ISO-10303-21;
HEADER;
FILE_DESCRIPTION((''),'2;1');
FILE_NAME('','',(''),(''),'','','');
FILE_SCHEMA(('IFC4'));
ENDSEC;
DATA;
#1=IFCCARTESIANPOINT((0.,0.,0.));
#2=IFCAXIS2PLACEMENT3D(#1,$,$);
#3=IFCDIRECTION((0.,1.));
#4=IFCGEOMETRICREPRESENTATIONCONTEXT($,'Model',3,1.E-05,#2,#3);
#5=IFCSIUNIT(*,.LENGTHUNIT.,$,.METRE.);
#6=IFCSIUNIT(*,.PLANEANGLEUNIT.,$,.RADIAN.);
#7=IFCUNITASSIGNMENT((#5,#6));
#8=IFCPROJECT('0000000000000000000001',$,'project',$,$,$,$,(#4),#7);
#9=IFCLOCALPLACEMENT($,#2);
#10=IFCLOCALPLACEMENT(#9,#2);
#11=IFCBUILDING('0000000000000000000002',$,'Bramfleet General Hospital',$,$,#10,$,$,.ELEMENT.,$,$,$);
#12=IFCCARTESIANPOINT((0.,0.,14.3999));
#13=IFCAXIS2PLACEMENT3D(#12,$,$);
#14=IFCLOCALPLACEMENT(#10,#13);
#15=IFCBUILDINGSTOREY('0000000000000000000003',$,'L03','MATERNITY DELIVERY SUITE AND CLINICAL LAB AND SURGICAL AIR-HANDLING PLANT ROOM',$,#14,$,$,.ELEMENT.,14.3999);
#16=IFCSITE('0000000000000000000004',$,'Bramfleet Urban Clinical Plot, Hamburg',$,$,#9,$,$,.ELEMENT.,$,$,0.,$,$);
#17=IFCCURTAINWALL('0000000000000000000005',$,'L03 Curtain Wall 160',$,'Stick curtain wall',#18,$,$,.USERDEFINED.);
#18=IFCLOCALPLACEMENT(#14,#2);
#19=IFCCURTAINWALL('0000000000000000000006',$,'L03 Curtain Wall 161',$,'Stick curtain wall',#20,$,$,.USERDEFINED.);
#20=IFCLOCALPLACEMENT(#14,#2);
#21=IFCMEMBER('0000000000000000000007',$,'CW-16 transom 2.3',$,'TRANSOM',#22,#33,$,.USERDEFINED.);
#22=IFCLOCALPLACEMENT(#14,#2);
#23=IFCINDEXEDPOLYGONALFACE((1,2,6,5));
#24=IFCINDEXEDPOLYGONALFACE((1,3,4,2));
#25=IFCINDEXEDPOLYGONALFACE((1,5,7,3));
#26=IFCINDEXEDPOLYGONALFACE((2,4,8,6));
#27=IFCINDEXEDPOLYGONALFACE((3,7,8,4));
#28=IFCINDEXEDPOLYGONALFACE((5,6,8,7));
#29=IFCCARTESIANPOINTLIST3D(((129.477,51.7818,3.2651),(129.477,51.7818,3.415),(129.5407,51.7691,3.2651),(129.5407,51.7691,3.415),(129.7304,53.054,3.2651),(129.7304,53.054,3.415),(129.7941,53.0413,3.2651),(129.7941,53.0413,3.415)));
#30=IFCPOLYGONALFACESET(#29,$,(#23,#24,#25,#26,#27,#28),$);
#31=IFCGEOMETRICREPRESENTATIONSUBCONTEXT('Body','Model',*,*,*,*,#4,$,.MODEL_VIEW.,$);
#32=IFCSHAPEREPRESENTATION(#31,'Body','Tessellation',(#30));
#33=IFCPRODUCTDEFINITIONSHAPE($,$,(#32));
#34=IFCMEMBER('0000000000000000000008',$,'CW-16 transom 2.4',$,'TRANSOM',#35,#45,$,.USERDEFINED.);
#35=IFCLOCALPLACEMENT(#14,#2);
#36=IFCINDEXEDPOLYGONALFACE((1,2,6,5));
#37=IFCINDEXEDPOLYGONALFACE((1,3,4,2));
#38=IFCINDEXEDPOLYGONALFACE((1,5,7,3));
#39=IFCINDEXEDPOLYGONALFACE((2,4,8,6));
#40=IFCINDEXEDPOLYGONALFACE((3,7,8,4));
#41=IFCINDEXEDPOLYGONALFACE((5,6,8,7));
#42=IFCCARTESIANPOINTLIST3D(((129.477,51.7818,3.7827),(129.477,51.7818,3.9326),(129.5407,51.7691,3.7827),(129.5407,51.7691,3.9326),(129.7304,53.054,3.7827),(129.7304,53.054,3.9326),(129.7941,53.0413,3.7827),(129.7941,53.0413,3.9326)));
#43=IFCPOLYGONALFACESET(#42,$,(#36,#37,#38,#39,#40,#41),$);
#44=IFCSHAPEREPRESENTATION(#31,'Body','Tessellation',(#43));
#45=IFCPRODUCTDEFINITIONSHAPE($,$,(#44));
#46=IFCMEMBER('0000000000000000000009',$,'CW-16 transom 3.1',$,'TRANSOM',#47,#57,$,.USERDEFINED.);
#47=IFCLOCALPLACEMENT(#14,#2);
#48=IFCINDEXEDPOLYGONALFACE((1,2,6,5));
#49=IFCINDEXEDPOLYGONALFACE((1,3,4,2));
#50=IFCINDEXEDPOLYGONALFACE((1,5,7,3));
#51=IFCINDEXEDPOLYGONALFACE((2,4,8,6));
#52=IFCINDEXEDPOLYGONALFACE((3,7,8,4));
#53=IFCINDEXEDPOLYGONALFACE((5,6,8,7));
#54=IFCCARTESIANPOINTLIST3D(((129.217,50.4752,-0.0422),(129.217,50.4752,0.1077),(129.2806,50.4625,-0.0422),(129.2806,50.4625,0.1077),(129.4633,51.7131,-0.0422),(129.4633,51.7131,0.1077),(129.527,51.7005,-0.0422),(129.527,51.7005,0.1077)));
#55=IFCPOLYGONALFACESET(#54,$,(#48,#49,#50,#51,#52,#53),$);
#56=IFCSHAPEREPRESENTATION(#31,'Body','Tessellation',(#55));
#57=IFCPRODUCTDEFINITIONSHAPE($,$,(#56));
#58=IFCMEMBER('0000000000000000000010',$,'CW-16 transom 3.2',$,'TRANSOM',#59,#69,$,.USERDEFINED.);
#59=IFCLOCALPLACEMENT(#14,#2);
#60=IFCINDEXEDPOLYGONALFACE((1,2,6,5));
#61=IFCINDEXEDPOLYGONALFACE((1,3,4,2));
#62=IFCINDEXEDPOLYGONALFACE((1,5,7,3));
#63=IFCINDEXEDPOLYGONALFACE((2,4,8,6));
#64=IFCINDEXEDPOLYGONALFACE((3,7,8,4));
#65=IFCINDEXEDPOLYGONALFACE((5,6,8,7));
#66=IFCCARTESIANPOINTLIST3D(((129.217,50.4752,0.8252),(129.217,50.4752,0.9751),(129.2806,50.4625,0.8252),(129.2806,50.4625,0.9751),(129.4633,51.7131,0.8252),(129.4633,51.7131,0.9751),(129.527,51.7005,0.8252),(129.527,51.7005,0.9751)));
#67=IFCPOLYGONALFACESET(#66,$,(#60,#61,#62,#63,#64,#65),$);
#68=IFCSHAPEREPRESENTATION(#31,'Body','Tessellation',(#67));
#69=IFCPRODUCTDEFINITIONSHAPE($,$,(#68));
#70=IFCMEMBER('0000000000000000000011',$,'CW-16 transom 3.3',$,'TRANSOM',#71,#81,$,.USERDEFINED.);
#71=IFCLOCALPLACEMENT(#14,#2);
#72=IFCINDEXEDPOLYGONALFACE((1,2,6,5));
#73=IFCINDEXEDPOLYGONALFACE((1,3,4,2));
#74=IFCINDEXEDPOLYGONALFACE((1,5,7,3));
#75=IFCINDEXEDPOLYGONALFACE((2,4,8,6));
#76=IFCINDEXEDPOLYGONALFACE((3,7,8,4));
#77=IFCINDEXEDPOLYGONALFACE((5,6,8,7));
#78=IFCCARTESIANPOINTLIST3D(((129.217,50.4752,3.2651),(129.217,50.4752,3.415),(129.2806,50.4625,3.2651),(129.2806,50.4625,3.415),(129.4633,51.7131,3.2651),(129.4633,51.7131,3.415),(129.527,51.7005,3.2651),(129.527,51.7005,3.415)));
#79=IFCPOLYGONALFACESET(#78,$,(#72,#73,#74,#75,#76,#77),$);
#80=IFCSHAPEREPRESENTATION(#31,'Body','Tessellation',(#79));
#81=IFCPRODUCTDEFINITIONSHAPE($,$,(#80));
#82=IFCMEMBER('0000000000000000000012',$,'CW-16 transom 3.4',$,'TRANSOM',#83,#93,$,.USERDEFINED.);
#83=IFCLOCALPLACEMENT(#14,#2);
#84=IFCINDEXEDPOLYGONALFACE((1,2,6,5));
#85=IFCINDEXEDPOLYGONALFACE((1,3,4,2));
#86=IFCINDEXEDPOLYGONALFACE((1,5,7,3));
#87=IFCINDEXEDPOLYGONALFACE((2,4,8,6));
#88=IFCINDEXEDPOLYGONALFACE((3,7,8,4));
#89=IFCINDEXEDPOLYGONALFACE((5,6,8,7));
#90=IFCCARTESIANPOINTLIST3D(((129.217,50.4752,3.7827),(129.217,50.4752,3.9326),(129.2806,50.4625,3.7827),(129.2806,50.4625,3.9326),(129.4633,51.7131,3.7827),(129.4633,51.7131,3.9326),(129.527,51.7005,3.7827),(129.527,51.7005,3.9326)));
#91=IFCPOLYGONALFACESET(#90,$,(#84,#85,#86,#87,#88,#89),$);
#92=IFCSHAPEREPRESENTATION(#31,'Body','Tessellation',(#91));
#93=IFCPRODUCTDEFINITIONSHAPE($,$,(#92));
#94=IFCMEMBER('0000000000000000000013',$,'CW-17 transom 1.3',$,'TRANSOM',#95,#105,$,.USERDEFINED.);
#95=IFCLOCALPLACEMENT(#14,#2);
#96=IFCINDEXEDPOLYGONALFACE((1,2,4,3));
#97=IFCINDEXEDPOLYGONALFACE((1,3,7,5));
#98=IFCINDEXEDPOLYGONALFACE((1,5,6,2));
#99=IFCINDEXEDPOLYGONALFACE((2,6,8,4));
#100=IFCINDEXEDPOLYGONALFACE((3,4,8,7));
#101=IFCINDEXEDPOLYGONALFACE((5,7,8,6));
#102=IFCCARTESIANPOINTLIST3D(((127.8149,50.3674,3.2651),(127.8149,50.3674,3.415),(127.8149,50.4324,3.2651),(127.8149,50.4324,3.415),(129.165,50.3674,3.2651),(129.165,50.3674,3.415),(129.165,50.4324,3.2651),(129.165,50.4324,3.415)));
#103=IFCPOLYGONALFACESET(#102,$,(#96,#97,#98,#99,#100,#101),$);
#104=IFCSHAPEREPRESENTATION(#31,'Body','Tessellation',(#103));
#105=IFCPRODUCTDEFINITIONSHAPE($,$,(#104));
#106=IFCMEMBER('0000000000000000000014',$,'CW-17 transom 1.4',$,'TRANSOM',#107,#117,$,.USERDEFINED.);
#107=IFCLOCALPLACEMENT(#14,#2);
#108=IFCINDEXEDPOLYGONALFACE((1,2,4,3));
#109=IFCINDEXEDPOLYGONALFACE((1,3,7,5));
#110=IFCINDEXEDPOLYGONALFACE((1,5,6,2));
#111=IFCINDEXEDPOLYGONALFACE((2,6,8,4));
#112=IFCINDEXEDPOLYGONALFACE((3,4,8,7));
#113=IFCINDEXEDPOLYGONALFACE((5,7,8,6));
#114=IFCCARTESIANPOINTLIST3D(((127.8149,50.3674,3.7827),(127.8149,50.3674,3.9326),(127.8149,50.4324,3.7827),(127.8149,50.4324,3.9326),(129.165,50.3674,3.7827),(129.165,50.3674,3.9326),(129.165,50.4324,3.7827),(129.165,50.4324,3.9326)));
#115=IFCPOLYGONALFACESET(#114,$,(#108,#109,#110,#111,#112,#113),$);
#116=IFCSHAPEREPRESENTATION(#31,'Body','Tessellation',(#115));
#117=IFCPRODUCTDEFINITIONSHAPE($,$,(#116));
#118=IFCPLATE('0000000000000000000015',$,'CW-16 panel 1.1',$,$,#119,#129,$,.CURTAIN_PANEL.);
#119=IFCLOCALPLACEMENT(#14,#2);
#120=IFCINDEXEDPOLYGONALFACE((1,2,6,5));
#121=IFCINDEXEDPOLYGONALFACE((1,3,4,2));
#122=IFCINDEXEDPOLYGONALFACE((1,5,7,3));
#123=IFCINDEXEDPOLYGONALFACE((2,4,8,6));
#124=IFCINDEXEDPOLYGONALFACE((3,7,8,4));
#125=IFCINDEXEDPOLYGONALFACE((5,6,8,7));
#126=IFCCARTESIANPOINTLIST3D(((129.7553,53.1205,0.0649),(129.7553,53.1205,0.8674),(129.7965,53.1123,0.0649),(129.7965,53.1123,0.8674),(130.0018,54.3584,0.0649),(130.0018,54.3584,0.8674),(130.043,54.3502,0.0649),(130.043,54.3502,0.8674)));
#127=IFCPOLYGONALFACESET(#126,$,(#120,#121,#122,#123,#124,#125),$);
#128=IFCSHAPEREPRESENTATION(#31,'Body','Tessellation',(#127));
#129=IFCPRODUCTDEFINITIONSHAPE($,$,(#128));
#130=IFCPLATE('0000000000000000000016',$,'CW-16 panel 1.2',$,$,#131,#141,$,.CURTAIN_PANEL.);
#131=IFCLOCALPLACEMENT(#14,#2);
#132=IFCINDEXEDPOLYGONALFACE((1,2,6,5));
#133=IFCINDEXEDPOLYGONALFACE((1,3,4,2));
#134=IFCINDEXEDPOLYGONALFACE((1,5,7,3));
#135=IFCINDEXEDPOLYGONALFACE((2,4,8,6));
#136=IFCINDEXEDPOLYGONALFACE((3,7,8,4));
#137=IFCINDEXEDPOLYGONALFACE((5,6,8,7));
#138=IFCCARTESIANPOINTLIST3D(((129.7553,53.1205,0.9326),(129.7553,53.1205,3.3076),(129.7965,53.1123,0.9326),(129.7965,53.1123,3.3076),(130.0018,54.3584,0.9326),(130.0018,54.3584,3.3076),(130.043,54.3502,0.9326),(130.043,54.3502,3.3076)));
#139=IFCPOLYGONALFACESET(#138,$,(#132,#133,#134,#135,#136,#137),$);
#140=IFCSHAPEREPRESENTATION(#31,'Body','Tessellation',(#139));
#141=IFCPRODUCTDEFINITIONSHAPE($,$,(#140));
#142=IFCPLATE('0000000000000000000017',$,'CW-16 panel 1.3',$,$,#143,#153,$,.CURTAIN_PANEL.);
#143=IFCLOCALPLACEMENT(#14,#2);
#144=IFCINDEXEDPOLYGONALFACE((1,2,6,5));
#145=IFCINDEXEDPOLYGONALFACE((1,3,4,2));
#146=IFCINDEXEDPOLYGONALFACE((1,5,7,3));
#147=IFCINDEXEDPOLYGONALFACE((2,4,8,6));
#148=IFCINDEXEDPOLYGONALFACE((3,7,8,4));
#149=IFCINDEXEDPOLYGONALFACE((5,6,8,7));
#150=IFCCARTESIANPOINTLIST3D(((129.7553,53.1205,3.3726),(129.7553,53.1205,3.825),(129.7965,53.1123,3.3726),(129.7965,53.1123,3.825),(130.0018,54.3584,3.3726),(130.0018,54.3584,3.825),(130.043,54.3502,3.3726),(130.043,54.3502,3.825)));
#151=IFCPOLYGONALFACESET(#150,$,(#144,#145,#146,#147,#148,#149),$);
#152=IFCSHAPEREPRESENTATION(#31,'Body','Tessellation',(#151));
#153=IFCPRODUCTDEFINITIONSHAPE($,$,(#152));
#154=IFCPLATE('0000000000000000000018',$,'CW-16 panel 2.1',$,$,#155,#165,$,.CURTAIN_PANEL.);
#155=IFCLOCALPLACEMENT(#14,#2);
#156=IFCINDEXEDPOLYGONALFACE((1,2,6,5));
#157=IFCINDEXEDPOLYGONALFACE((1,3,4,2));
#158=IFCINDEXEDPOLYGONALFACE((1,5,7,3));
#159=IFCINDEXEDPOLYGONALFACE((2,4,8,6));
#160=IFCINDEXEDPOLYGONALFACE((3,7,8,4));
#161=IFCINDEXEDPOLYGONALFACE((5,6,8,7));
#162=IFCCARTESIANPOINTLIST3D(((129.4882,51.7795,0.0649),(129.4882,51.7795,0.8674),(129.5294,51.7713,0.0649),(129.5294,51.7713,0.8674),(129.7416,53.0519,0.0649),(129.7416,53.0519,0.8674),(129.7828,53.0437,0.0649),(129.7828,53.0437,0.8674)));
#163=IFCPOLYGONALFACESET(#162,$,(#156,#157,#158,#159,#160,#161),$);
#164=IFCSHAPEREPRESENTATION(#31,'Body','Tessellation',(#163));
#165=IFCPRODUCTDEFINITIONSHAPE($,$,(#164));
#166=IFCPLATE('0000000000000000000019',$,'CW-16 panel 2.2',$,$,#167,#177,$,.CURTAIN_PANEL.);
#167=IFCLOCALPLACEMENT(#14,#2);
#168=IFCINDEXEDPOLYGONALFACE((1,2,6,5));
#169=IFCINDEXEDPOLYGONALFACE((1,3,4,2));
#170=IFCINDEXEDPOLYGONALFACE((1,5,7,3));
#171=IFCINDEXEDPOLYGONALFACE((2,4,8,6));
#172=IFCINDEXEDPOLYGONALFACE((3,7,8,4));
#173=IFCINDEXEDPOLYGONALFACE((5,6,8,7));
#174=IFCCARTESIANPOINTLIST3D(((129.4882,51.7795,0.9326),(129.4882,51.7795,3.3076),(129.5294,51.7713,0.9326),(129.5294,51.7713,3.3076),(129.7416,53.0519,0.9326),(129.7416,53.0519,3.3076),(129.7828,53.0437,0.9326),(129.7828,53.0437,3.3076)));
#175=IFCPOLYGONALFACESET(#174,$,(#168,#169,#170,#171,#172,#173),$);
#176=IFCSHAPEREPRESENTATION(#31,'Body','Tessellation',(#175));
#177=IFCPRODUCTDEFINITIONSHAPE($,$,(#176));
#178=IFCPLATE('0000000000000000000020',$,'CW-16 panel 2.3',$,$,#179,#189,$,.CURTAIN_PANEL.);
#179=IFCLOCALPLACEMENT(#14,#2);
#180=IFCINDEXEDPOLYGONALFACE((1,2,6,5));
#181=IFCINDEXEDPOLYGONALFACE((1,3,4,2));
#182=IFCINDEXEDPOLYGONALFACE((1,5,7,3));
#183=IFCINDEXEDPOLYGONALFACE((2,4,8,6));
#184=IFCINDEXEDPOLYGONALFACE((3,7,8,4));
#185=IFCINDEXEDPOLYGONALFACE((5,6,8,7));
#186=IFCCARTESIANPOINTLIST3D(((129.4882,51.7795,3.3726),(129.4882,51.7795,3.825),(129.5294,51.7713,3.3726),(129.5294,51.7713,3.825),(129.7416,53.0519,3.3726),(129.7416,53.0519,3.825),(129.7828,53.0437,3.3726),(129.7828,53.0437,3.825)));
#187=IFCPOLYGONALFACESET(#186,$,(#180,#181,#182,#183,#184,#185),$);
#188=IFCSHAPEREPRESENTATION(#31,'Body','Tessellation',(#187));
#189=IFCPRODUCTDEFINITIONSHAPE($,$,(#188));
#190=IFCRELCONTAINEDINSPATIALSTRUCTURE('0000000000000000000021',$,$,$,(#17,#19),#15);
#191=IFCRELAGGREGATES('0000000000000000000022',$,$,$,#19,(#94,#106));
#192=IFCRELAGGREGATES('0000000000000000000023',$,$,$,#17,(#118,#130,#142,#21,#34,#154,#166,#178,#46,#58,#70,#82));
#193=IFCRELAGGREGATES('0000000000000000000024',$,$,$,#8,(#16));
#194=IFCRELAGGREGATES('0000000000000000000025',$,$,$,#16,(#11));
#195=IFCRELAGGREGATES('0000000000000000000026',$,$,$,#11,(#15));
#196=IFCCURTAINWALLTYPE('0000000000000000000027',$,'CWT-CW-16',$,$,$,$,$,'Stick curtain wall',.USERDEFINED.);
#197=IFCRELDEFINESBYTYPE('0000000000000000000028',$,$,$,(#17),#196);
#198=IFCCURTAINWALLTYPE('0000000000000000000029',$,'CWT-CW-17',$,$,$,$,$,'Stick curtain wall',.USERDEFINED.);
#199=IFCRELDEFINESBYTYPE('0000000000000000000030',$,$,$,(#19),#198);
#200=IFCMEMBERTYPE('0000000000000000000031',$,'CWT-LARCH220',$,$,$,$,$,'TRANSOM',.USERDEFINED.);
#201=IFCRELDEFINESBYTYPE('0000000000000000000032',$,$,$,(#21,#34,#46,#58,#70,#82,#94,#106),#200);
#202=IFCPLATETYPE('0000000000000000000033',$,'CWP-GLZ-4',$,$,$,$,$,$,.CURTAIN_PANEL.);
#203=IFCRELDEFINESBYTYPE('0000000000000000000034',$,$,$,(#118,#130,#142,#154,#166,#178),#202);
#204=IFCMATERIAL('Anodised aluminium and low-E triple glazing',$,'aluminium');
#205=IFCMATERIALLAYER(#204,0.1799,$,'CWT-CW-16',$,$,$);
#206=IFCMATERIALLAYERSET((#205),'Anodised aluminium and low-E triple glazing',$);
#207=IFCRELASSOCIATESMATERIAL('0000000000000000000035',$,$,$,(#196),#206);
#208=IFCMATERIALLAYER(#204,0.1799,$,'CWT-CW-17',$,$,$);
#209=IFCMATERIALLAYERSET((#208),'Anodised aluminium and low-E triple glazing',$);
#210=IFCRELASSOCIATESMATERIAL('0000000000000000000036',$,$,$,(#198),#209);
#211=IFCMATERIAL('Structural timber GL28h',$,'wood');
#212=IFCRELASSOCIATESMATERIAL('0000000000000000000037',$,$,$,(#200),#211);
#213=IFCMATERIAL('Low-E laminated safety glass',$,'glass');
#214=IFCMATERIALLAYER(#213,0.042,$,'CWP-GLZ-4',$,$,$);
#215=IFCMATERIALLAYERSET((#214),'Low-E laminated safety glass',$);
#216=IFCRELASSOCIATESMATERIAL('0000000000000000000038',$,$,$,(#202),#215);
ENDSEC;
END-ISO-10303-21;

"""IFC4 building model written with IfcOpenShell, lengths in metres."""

from ifc_helpers import new_model, si_unit, direction, frame, origin, origin_2d, place, context, subcontext, project, spatial, rectangle, extrude, material, layer, layer_set, material_profile, profile_set, type_object, element, aggregate, save


model = new_model("IFC4")

# Units and contexts
model_context = context("Model", 3, precision=1e-05, world=origin(), true_north=direction((0.0, 1.0)))
body_context = subcontext(model_context, "Body", "Model", "MODEL_VIEW")
ifc_project = project(units=[si_unit("LENGTHUNIT", "METRE"), si_unit("PLANEANGLEUNIT", "RADIAN")], contexts=[model_context])

# Site, building, storey
site_placement = place(None, origin())
site = spatial("IfcSite", under=ifc_project, at=site_placement, Name="Bramfleet Urban Clinical Plot, Hamburg", CompositionType="ELEMENT", RefElevation=0.0)
building_placement = place(site_placement, origin())
building = spatial("IfcBuilding", under=site, at=building_placement, Name="Bramfleet General Hospital", CompositionType="ELEMENT")
storey_placement = place(building_placement, frame((0.0, 0.0, 14.3999)))
storey = spatial("IfcBuildingStorey", under=building, at=storey_placement, Name="L03", Description="MATERNITY DELIVERY SUITE AND CLINICAL LAB AND SURGICAL AIR-HANDLING PLANT ROOM", CompositionType="ELEMENT", Elevation=14.3999)

# Curtain wall
ifc_material_1 = material(Name="Anodised aluminium and low-E triple glazing", Category="aluminium")
ifc_layer_1 = layer(ifc_material_1, 0.1799, Name="CWT-CW-16")
ifc_layer_set_1 = layer_set([ifc_layer_1], Name="Anodised aluminium and low-E triple glazing")
curtain_wall_type_1 = type_object("IfcCurtainWallType", Name="CWT-CW-16", ElementType="Stick curtain wall", PredefinedType="USERDEFINED", material=ifc_layer_set_1)
curtain_wall_1_placement = place(storey_placement, origin())
curtain_wall_1 = element("IfcCurtainWall", 1, at=curtain_wall_1_placement, inside=storey, type_object=curtain_wall_type_1, Name="L03 Curtain Wall 160", ObjectType="Stick curtain wall", PredefinedType="USERDEFINED")
ifc_material_2 = material(Name="Structural timber GL28h", Category="wood")

# Curtain wall
ifc_layer_2 = layer(ifc_material_1, 0.1799, Name="CWT-CW-17")
ifc_layer_set_2 = layer_set([ifc_layer_2], Name="Anodised aluminium and low-E triple glazing")
curtain_wall_type_2 = type_object("IfcCurtainWallType", Name="CWT-CW-17", ElementType="Stick curtain wall", PredefinedType="USERDEFINED", material=ifc_layer_set_2)
curtain_wall_2_placement = place(storey_placement, origin())
curtain_wall_2 = element("IfcCurtainWall", 2, at=curtain_wall_2_placement, inside=storey, type_object=curtain_wall_type_2, Name="L03 Curtain Wall 161", ObjectType="Stick curtain wall", PredefinedType="USERDEFINED")

# Members
ifc_material_profile_1 = material_profile(ifc_material_2, rectangle(XDim=0.0649, YDim=0.1499, at=origin_2d()), Name="LARCH 150x65")
ifc_profile_set_1 = profile_set([ifc_material_profile_1], Name="Structural timber GL28h")
member_type_1 = type_object("IfcMemberType", Name="CWT-LARCH220", ElementType="TRANSOM", PredefinedType="USERDEFINED", material=ifc_profile_set_1)
member_1_placement = place(storey_placement, frame((129.7622, 53.0476, 3.3401), z_axis=(-0.195356, -0.980732, 0.0), x_axis=(0.980732, -0.195356, 0.0)))
member_1 = element("IfcMember", 3, at=member_1_placement, type_object=member_type_1, Name="CW-16 transom 2.3", ObjectType="TRANSOM", PredefinedType="USERDEFINED", context=body_context, shape_type="SweptSolid", body=[
    extrude(rectangle(XDim=0.0649, YDim=0.1499, at=origin_2d()), origin(), (0.0, 0.0, 1.0), 1.2971),
])
member_2_placement = place(storey_placement, frame((129.7622, 53.0476, 3.8577), z_axis=(-0.195356, -0.980732, 0.0), x_axis=(0.980732, -0.195356, 0.0)))
member_2 = element("IfcMember", 4, at=member_2_placement, type_object=member_type_1, Name="CW-16 transom 2.4", ObjectType="TRANSOM", PredefinedType="USERDEFINED", context=body_context, shape_type="SweptSolid", body=[
    extrude(rectangle(XDim=0.0649, YDim=0.1499, at=origin_2d()), origin(), (0.0, 0.0, 1.0), 1.2971),
])
member_3_placement = place(storey_placement, frame((129.4951, 51.7068, 0.0327), z_axis=(-0.195149, -0.980774, 0.0), x_axis=(0.980774, -0.195149, 0.0)))
member_3 = element("IfcMember", 5, at=member_3_placement, type_object=member_type_1, Name="CW-16 transom 3.1", ObjectType="TRANSOM", PredefinedType="USERDEFINED", context=body_context, shape_type="SweptSolid", body=[
    extrude(rectangle(XDim=0.0649, YDim=0.1499, at=origin_2d()), origin(), (0.0, 0.0, 1.0), 1.2622),
])
member_4_placement = place(storey_placement, frame((129.4951, 51.7068, 0.9001), z_axis=(-0.195149, -0.980774, 0.0), x_axis=(0.980774, -0.195149, 0.0)))
member_4 = element("IfcMember", 6, at=member_4_placement, type_object=member_type_1, Name="CW-16 transom 3.2", ObjectType="TRANSOM", PredefinedType="USERDEFINED", context=body_context, shape_type="SweptSolid", body=[
    extrude(rectangle(XDim=0.0649, YDim=0.1499, at=origin_2d()), origin(), (0.0, 0.0, 1.0), 1.2622),
])
member_5_placement = place(storey_placement, frame((129.4951, 51.7068, 3.3401), z_axis=(-0.195149, -0.980774, 0.0), x_axis=(0.980774, -0.195149, 0.0)))
member_5 = element("IfcMember", 7, at=member_5_placement, type_object=member_type_1, Name="CW-16 transom 3.3", ObjectType="TRANSOM", PredefinedType="USERDEFINED", context=body_context, shape_type="SweptSolid", body=[
    extrude(rectangle(XDim=0.0649, YDim=0.1499, at=origin_2d()), origin(), (0.0, 0.0, 1.0), 1.2622),
])
member_6_placement = place(storey_placement, frame((129.4951, 51.7068, 3.8577), z_axis=(-0.195149, -0.980774, 0.0), x_axis=(0.980774, -0.195149, 0.0)))
member_6 = element("IfcMember", 8, at=member_6_placement, type_object=member_type_1, Name="CW-16 transom 3.4", ObjectType="TRANSOM", PredefinedType="USERDEFINED", context=body_context, shape_type="SweptSolid", body=[
    extrude(rectangle(XDim=0.0649, YDim=0.1499, at=origin_2d()), origin(), (0.0, 0.0, 1.0), 1.2622),
])
member_7_placement = place(storey_placement, frame((129.165, 50.3999, 3.3401), z_axis=(-1.0, 0.0, 0.0), x_axis=(0.0, -1.0, 0.0)))
member_7 = element("IfcMember", 9, at=member_7_placement, type_object=member_type_1, Name="CW-17 transom 1.3", ObjectType="TRANSOM", PredefinedType="USERDEFINED", context=body_context, shape_type="SweptSolid", body=[
    extrude(rectangle(XDim=0.0649, YDim=0.1499, at=origin_2d()), origin(), (0.0, 0.0, 1.0), 1.3501),
])
member_8_placement = place(storey_placement, frame((129.165, 50.3999, 3.8577), z_axis=(-1.0, 0.0, 0.0), x_axis=(0.0, -1.0, 0.0)))
member_8 = element("IfcMember", 10, at=member_8_placement, type_object=member_type_1, Name="CW-17 transom 1.4", ObjectType="TRANSOM", PredefinedType="USERDEFINED", context=body_context, shape_type="SweptSolid", body=[
    extrude(rectangle(XDim=0.0649, YDim=0.1499, at=origin_2d()), origin(), (0.0, 0.0, 1.0), 1.3501),
])
aggregate(curtain_wall_2, [member_7, member_8])

# Plates
ifc_material_3 = material(Name="Low-E laminated safety glass", Category="glass")
ifc_layer_3 = layer(ifc_material_3, 0.042, Name="CWP-GLZ-4")
ifc_layer_set_3 = layer_set([ifc_layer_3], Name="Low-E laminated safety glass")
plate_type = type_object("IfcPlateType", Name="CWP-GLZ-4", PredefinedType="CURTAIN_PANEL", material=ifc_layer_set_3)
plate_1_placement = place(storey_placement, frame((129.8992, 53.7354, 0.0649), z_axis=(0.0, 0.0, 1.0), x_axis=(-0.195272, -0.980749, 0.0)))
plate_1 = element("IfcPlate", 11, at=plate_1_placement, type_object=plate_type, Name="CW-16 panel 1.1", PredefinedType="CURTAIN_PANEL", context=body_context, shape_type="SweptSolid", body=[
    extrude(rectangle(XDim=1.2622, YDim=0.042, at=origin_2d()), origin(), (0.0, 0.0, 1.0), 0.8025),
])
plate_2_placement = place(storey_placement, frame((129.8992, 53.7354, 0.9326), z_axis=(0.0, 0.0, 1.0), x_axis=(-0.195272, -0.980749, 0.0)))
plate_2 = element("IfcPlate", 12, at=plate_2_placement, type_object=plate_type, Name="CW-16 panel 1.2", PredefinedType="CURTAIN_PANEL", context=body_context, shape_type="SweptSolid", body=[
    extrude(rectangle(XDim=1.2622, YDim=0.042, at=origin_2d()), origin(), (0.0, 0.0, 1.0), 2.375),
])
plate_3_placement = place(storey_placement, frame((129.8992, 53.7354, 3.3726), z_axis=(0.0, 0.0, 1.0), x_axis=(-0.195272, -0.980749, 0.0)))
plate_3 = element("IfcPlate", 13, at=plate_3_placement, type_object=plate_type, Name="CW-16 panel 1.3", PredefinedType="CURTAIN_PANEL", context=body_context, shape_type="SweptSolid", body=[
    extrude(rectangle(XDim=1.2622, YDim=0.042, at=origin_2d()), origin(), (0.0, 0.0, 1.0), 0.4524),
])
plate_4_placement = place(storey_placement, frame((129.6355, 52.4116, 0.0649), z_axis=(0.0, 0.0, 1.0), x_axis=(-0.195272, -0.980749, 0.0)))
plate_4 = element("IfcPlate", 14, at=plate_4_placement, type_object=plate_type, Name="CW-16 panel 2.1", PredefinedType="CURTAIN_PANEL", context=body_context, shape_type="SweptSolid", body=[
    extrude(rectangle(XDim=1.2974, YDim=0.042, at=origin_2d()), origin(), (0.0, 0.0, 1.0), 0.8025),
])
plate_5_placement = place(storey_placement, frame((129.6355, 52.4116, 0.9326), z_axis=(0.0, 0.0, 1.0), x_axis=(-0.195272, -0.980749, 0.0)))
plate_5 = element("IfcPlate", 15, at=plate_5_placement, type_object=plate_type, Name="CW-16 panel 2.2", PredefinedType="CURTAIN_PANEL", context=body_context, shape_type="SweptSolid", body=[
    extrude(rectangle(XDim=1.2974, YDim=0.042, at=origin_2d()), origin(), (0.0, 0.0, 1.0), 2.375),
])
plate_6_placement = place(storey_placement, frame((129.6355, 52.4116, 3.3726), z_axis=(0.0, 0.0, 1.0), x_axis=(-0.195272, -0.980749, 0.0)))
plate_6 = element("IfcPlate", 16, at=plate_6_placement, type_object=plate_type, Name="CW-16 panel 2.3", PredefinedType="CURTAIN_PANEL", context=body_context, shape_type="SweptSolid", body=[
    extrude(rectangle(XDim=1.2974, YDim=0.042, at=origin_2d()), origin(), (0.0, 0.0, 1.0), 0.4524),
])
aggregate(curtain_wall_1, [plate_1, plate_2, plate_3, member_1, member_2, plate_4, plate_5, plate_6, member_3, member_4, member_5, member_6])

save(model, "model.ifc")
